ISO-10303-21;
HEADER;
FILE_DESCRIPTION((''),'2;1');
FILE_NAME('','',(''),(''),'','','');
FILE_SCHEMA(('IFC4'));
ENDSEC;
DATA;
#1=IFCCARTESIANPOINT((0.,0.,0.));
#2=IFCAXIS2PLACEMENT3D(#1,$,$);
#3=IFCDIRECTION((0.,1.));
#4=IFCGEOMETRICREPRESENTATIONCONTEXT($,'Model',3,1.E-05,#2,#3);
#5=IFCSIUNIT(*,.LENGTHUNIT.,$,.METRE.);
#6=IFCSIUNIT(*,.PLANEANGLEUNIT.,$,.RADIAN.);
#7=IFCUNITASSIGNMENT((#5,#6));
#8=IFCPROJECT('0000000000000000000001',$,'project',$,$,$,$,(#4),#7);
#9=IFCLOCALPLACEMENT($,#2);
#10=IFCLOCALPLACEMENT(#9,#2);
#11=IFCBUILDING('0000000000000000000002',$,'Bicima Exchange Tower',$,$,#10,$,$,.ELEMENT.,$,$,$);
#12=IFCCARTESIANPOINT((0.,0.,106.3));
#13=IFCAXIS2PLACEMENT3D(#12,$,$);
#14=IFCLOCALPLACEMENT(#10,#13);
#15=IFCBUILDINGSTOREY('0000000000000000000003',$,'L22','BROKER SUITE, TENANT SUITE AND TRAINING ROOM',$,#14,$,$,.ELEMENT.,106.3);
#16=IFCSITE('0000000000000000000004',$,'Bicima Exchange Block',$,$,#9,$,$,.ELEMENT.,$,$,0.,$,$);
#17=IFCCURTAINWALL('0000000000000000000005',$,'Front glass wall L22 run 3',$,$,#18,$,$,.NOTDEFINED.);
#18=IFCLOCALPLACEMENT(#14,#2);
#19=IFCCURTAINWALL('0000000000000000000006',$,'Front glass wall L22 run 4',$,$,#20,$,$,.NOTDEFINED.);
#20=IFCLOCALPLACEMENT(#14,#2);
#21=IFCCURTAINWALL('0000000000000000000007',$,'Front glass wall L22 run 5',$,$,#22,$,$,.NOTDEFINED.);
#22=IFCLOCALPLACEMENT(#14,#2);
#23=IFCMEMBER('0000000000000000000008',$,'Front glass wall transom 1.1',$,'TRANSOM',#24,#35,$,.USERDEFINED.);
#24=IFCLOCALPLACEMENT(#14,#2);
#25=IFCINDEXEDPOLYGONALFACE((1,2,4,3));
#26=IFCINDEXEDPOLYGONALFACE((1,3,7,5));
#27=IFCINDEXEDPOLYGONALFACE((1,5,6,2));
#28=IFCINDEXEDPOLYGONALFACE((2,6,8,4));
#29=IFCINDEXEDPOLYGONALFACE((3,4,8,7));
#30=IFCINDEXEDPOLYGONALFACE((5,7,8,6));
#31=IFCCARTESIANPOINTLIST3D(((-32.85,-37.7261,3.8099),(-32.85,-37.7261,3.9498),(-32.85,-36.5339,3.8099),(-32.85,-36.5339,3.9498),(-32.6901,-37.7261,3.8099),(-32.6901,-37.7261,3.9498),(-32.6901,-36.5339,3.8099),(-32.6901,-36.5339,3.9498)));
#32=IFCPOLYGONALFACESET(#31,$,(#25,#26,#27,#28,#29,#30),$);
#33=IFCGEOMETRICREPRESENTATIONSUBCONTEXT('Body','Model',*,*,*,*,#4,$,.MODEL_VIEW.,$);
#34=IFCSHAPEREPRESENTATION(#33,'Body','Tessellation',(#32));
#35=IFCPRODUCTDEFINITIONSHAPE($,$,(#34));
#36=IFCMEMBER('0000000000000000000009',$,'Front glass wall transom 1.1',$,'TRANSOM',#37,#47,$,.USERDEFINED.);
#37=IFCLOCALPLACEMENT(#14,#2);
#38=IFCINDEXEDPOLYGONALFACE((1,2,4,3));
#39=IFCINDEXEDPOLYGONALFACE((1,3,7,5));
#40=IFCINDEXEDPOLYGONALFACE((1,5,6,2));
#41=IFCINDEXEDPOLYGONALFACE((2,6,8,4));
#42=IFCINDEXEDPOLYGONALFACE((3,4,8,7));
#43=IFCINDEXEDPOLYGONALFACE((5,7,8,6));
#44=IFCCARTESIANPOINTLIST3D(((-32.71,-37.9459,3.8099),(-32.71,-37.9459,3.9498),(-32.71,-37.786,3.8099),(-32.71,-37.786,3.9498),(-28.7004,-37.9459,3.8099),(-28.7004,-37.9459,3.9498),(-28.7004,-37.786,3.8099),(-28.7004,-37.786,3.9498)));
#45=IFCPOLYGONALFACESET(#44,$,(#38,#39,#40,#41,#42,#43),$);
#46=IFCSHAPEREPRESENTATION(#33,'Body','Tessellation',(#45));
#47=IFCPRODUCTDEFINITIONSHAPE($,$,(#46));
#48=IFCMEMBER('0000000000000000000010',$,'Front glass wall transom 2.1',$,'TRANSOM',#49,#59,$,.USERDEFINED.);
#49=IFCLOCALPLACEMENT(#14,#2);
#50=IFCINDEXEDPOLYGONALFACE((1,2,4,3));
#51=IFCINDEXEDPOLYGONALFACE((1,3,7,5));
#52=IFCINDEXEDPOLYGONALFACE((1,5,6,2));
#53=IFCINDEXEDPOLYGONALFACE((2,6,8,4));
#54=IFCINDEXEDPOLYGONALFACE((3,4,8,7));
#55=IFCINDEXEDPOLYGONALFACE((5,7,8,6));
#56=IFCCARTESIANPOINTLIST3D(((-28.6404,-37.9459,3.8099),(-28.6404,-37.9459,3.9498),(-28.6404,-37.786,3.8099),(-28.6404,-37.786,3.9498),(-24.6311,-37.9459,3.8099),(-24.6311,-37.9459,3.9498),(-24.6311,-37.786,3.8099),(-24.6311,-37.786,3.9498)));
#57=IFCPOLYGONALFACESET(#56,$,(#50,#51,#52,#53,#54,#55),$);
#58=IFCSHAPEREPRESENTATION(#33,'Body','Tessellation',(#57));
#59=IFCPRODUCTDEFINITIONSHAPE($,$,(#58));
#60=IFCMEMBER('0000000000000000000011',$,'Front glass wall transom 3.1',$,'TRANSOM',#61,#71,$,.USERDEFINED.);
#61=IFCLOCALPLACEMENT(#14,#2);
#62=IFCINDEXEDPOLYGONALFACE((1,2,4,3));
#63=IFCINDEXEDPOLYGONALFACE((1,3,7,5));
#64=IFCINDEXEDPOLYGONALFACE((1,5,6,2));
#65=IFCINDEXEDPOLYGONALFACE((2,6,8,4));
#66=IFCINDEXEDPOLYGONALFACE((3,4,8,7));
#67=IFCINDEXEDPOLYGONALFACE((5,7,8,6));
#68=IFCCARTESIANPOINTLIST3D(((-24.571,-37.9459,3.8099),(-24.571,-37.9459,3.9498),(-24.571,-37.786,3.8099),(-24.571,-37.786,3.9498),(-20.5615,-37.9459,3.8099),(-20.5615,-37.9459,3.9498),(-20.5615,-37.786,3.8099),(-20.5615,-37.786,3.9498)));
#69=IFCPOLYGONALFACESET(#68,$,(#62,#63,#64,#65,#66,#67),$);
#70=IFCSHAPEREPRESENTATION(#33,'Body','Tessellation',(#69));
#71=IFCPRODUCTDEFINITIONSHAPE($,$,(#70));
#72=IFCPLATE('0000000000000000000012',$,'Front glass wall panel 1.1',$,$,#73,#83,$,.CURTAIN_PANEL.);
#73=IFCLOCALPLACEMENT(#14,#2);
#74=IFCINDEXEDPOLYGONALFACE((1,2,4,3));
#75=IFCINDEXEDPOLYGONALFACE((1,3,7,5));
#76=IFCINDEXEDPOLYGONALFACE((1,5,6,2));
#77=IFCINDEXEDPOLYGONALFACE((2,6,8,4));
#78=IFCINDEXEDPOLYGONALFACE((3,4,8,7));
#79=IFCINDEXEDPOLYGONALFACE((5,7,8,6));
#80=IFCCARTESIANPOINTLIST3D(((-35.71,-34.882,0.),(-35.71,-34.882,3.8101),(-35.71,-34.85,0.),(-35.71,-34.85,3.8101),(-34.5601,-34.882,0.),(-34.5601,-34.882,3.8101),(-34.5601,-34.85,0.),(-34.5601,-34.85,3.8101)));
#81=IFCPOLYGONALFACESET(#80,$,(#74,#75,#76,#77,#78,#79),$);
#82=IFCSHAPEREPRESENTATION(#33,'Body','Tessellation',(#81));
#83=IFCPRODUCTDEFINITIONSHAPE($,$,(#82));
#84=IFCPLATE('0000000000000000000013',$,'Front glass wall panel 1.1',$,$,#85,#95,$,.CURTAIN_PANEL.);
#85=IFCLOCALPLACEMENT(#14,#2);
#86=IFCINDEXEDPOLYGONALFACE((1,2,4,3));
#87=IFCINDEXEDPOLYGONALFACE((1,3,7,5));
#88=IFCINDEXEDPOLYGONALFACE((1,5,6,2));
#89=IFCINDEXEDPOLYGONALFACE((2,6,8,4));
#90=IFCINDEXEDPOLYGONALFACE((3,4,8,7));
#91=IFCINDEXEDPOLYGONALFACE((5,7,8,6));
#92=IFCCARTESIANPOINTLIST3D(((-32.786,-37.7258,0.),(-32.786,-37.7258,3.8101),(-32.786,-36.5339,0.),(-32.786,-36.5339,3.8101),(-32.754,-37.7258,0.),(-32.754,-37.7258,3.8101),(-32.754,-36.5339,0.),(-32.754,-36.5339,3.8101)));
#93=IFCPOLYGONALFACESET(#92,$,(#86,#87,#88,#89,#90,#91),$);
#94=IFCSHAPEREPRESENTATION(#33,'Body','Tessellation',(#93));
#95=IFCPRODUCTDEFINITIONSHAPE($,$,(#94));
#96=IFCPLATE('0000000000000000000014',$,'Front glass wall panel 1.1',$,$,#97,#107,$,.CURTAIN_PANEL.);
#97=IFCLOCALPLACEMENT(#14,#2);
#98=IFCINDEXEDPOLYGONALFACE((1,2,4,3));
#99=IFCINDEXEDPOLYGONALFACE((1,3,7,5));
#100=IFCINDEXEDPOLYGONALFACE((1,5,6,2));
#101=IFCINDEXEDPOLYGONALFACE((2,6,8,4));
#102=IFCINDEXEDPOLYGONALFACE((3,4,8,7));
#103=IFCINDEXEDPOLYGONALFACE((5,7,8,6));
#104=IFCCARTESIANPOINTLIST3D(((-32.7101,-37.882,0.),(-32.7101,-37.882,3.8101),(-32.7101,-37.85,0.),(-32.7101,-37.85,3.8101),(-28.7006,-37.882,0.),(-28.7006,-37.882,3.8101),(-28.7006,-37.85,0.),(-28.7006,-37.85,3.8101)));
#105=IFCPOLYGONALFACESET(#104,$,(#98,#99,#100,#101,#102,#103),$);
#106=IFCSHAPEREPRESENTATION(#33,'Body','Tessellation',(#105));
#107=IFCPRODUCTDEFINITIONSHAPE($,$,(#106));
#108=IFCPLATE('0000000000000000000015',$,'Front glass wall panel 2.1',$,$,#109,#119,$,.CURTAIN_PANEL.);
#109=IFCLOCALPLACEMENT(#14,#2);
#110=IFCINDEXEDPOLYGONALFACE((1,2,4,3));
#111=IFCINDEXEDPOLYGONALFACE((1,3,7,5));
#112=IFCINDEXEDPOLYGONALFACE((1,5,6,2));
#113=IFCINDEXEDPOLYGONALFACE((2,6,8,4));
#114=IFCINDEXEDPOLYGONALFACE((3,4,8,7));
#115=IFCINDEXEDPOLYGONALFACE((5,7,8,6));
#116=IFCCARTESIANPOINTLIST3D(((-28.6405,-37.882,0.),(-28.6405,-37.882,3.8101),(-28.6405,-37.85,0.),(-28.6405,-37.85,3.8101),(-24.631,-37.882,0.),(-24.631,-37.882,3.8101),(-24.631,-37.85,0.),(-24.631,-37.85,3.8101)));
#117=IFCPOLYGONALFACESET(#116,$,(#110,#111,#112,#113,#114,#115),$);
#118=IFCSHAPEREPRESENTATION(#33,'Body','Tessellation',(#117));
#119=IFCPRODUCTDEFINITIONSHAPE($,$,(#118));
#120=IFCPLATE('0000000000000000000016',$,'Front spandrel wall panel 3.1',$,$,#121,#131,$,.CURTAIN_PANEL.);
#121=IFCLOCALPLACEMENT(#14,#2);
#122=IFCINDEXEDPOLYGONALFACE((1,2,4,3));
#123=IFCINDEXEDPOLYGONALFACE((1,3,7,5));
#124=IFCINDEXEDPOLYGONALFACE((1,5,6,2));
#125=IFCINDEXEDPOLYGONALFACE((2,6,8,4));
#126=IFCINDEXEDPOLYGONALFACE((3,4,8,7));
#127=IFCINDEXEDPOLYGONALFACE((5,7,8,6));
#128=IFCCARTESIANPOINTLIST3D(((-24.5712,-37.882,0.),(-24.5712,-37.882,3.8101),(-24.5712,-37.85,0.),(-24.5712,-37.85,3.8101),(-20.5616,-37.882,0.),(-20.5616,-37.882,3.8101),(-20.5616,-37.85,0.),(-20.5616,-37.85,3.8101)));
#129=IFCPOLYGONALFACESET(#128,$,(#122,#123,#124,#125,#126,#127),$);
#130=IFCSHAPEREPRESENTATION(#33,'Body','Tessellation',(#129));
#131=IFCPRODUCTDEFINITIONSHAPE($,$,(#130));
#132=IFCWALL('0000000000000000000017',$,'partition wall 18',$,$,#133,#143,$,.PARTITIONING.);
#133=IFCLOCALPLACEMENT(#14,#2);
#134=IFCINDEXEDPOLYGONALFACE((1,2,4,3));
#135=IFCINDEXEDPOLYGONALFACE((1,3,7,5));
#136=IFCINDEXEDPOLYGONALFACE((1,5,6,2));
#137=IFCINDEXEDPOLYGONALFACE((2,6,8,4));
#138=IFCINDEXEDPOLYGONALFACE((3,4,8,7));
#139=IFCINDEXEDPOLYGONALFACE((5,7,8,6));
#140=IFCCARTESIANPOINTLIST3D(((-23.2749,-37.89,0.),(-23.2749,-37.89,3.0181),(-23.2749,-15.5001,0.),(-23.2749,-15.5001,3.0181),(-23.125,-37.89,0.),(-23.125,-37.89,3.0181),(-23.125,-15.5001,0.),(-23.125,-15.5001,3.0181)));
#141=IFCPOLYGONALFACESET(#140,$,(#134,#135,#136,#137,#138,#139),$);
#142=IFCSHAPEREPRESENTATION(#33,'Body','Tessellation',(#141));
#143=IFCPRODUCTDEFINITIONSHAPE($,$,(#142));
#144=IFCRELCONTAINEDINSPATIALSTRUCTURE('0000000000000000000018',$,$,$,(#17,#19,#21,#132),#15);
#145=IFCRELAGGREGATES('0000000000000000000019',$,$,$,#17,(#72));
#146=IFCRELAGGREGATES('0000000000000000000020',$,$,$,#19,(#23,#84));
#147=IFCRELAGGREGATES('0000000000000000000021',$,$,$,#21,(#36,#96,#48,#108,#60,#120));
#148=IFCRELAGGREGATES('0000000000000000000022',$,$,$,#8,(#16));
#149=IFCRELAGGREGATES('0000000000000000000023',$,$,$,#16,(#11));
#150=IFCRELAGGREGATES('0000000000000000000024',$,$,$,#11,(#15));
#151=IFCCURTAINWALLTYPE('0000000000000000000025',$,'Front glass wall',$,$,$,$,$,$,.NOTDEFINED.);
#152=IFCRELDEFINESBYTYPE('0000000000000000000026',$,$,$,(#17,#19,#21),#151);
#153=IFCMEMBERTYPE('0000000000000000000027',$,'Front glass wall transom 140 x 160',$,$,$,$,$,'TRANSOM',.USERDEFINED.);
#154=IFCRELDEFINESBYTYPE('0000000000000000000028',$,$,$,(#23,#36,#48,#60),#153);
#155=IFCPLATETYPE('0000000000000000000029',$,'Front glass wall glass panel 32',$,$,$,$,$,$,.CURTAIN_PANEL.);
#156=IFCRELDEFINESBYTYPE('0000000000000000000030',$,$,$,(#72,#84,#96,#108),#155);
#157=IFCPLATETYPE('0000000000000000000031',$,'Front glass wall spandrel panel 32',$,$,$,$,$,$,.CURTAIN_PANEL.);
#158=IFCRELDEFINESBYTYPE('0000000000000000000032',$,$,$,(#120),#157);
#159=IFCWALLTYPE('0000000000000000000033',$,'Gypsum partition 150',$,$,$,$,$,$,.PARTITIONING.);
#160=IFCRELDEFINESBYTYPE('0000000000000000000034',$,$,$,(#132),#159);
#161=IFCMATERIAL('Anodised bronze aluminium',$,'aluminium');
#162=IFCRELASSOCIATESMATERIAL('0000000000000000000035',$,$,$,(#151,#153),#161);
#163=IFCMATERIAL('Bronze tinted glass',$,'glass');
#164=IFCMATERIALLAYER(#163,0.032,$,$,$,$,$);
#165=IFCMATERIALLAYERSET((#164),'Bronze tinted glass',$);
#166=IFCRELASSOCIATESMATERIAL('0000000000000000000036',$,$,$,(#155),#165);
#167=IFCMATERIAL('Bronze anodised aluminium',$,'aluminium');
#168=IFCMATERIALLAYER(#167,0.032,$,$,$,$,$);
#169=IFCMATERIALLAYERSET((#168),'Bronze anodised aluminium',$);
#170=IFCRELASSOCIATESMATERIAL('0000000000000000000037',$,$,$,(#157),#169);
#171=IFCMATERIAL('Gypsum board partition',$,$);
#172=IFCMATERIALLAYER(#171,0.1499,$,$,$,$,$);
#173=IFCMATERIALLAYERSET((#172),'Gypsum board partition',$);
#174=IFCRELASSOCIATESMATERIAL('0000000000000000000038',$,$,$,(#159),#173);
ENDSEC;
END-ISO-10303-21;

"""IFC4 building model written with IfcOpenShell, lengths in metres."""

from ifc_helpers import new_model, si_unit, direction, frame, frame_2d, origin, origin_2d, place, context, subcontext, project, spatial, rectangle, extrude, material, layer, layer_set, material_profile, profile_set, type_object, element, aggregate, save


model = new_model("IFC4")

# Units and contexts
model_context = context("Model", 3, precision=1e-05, world=origin(), true_north=direction((0.0, 1.0)))
body_context = subcontext(model_context, "Body", "Model", "MODEL_VIEW")
ifc_project = project(units=[si_unit("LENGTHUNIT", "METRE"), si_unit("PLANEANGLEUNIT", "RADIAN")], contexts=[model_context])

# Site, building, storey
site_placement = place(None, origin())
site = spatial("IfcSite", under=ifc_project, at=site_placement, Name="Bicima Exchange Block", CompositionType="ELEMENT", RefElevation=0.0)
building_placement = place(site_placement, origin())
building = spatial("IfcBuilding", under=site, at=building_placement, Name="Bicima Exchange Tower", CompositionType="ELEMENT")
storey_placement = place(building_placement, frame((0.0, 0.0, 106.3)))
storey = spatial("IfcBuildingStorey", under=building, at=storey_placement, Name="L22", Description="BROKER SUITE, TENANT SUITE AND TRAINING ROOM", CompositionType="ELEMENT", Elevation=106.3)

# Curtain wall
ifc_material_1 = material(Name="Anodised bronze aluminium", Category="aluminium")
curtain_wall_type = type_object("IfcCurtainWallType", Name="Front glass wall", PredefinedType="NOTDEFINED", material=ifc_material_1)
curtain_wall_1_placement = place(storey_placement, origin())
curtain_wall_1 = element("IfcCurtainWall", 1, at=curtain_wall_1_placement, inside=storey, type_object=curtain_wall_type, Name="Front glass wall L22 run 3", PredefinedType="NOTDEFINED")

# Curtain walls
curtain_wall_2_placement = place(storey_placement, origin())
curtain_wall_2 = element("IfcCurtainWall", 2, at=curtain_wall_2_placement, inside=storey, type_object=curtain_wall_type, Name="Front glass wall L22 run 4", PredefinedType="NOTDEFINED")
curtain_wall_3_placement = place(storey_placement, origin())
curtain_wall_3 = element("IfcCurtainWall", 3, at=curtain_wall_3_placement, inside=storey, type_object=curtain_wall_type, Name="Front glass wall L22 run 5", PredefinedType="NOTDEFINED")

# Members
ifc_material_profile_1 = material_profile(ifc_material_1, rectangle(XDim=0.1599, YDim=0.1399, at=origin_2d()))
ifc_profile_set_1 = profile_set([ifc_material_profile_1], Name="Anodised bronze aluminium")
member_type_1 = type_object("IfcMemberType", Name="Front glass wall transom 140 x 160", ElementType="TRANSOM", PredefinedType="USERDEFINED", material=ifc_profile_set_1)
member_1_placement = place(storey_placement, frame((-32.77, -36.5339, 3.8799), z_axis=(0.0, -1.0, 0.0), x_axis=(1.0, 0.0, 0.0)))
member_1 = element("IfcMember", 4, at=member_1_placement, type_object=member_type_1, Name="Front glass wall transom 1.1", ObjectType="TRANSOM", PredefinedType="USERDEFINED", context=body_context, shape_type="SweptSolid", body=[
    extrude(rectangle(XDim=0.1599, YDim=0.1399, at=origin_2d()), origin(), (0.0, 0.0, 1.0), 1.1921),
])
member_2_placement = place(storey_placement, frame((-32.71, -37.866, 3.8799), z_axis=(1.0, 0.0, 0.0), x_axis=(0.0, 1.0, 0.0)))
member_2 = element("IfcMember", 5, at=member_2_placement, type_object=member_type_1, Name="Front glass wall transom 1.1", ObjectType="TRANSOM", PredefinedType="USERDEFINED", context=body_context, shape_type="SweptSolid", body=[
    extrude(rectangle(XDim=0.1599, YDim=0.1399, at=origin_2d()), origin(), (0.0, 0.0, 1.0), 4.0095),
])
member_3_placement = place(storey_placement, frame((-28.6404, -37.866, 3.8799), z_axis=(1.0, 0.0, 0.0), x_axis=(0.0, 1.0, 0.0)))
member_3 = element("IfcMember", 6, at=member_3_placement, type_object=member_type_1, Name="Front glass wall transom 2.1", ObjectType="TRANSOM", PredefinedType="USERDEFINED", context=body_context, shape_type="SweptSolid", body=[
    extrude(rectangle(XDim=0.1599, YDim=0.1399, at=origin_2d()), origin(), (0.0, 0.0, 1.0), 4.0093),
])
member_4_placement = place(storey_placement, frame((-24.571, -37.866, 3.8799), z_axis=(1.0, 0.0, 0.0), x_axis=(0.0, 1.0, 0.0)))
member_4 = element("IfcMember", 7, at=member_4_placement, type_object=member_type_1, Name="Front glass wall transom 3.1", ObjectType="TRANSOM", PredefinedType="USERDEFINED", context=body_context, shape_type="SweptSolid", body=[
    extrude(rectangle(XDim=0.1599, YDim=0.1399, at=origin_2d()), origin(), (0.0, 0.0, 1.0), 4.0095),
])

# Plates
ifc_material_2 = material(Name="Bronze tinted glass", Category="glass")
ifc_layer_1 = layer(ifc_material_2, 0.032)
ifc_layer_set_1 = layer_set([ifc_layer_1], Name="Bronze tinted glass")
plate_type_1 = type_object("IfcPlateType", Name="Front glass wall glass panel 32", PredefinedType="CURTAIN_PANEL", material=ifc_layer_set_1)
plate_1_placement = place(storey_placement, frame((-35.135, -34.866, 0.0), z_axis=(0.0, 0.0, 1.0), x_axis=(1.0, 0.0, 0.0)))
plate_1 = element("IfcPlate", 8, at=plate_1_placement, type_object=plate_type_1, Name="Front glass wall panel 1.1", PredefinedType="CURTAIN_PANEL", context=body_context, shape_type="SweptSolid", body=[
    extrude(rectangle(XDim=1.1499, YDim=0.032, at=origin_2d()), origin(), (0.0, 0.0, 1.0), 3.8101),
])
aggregate(curtain_wall_1, [plate_1])
plate_2_placement = place(storey_placement, frame((-32.77, -37.1299, 0.0), z_axis=(0.0, 0.0, 1.0), x_axis=(0.0, -1.0, 0.0)))
plate_2 = element("IfcPlate", 9, at=plate_2_placement, type_object=plate_type_1, Name="Front glass wall panel 1.1", PredefinedType="CURTAIN_PANEL", context=body_context, shape_type="SweptSolid", body=[
    extrude(rectangle(XDim=1.1919, YDim=0.032, at=origin_2d()), origin(), (0.0, 0.0, 1.0), 3.8101),
])
aggregate(curtain_wall_2, [member_1, plate_2])
plate_3_placement = place(storey_placement, frame((-30.7053, -37.866, 0.0), z_axis=(0.0, 0.0, 1.0), x_axis=(1.0, 0.0, 0.0)))
plate_3 = element("IfcPlate", 10, at=plate_3_placement, type_object=plate_type_1, Name="Front glass wall panel 1.1", PredefinedType="CURTAIN_PANEL", context=body_context, shape_type="SweptSolid", body=[
    extrude(rectangle(XDim=4.0095, YDim=0.032, at=origin_2d()), origin(), (0.0, 0.0, 1.0), 3.8101),
])
plate_4_placement = place(storey_placement, frame((-26.6357, -37.866, 0.0), z_axis=(0.0, 0.0, 1.0), x_axis=(1.0, 0.0, 0.0)))
plate_4 = element("IfcPlate", 11, at=plate_4_placement, type_object=plate_type_1, Name="Front glass wall panel 2.1", PredefinedType="CURTAIN_PANEL", context=body_context, shape_type="SweptSolid", body=[
    extrude(rectangle(XDim=4.0095, YDim=0.032, at=origin_2d()), origin(), (0.0, 0.0, 1.0), 3.8101),
])
ifc_material_3 = material(Name="Bronze anodised aluminium", Category="aluminium")
ifc_layer_2 = layer(ifc_material_3, 0.032)
ifc_layer_set_2 = layer_set([ifc_layer_2], Name="Bronze anodised aluminium")
plate_type_2 = type_object("IfcPlateType", Name="Front glass wall spandrel panel 32", PredefinedType="CURTAIN_PANEL", material=ifc_layer_set_2)
plate_5_placement = place(storey_placement, frame((-22.5664, -37.866, 0.0), z_axis=(0.0, 0.0, 1.0), x_axis=(1.0, 0.0, 0.0)))
plate_5 = element("IfcPlate", 12, at=plate_5_placement, type_object=plate_type_2, Name="Front spandrel wall panel 3.1", PredefinedType="CURTAIN_PANEL", context=body_context, shape_type="SweptSolid", body=[
    extrude(rectangle(XDim=4.0095, YDim=0.032, at=origin_2d()), origin(), (0.0, 0.0, 1.0), 3.8101),
])
aggregate(curtain_wall_3, [member_2, plate_3, member_3, plate_4, member_4, plate_5])

# Wall
ifc_material_4 = material(Name="Gypsum board partition")
ifc_layer_3 = layer(ifc_material_4, 0.1499)
ifc_layer_set_3 = layer_set([ifc_layer_3], Name="Gypsum board partition")
wall_type = type_object("IfcWallType", Name="Gypsum partition 150", PredefinedType="PARTITIONING", material=ifc_layer_set_3)
wall_placement = place(storey_placement, frame((-23.2, -37.8899, 0.0), z_axis=(0.0, 0.0, 1.0), x_axis=(0.0, 1.0, 0.0)))
element("IfcWall", 13, at=wall_placement, inside=storey, type_object=wall_type, Name="partition wall 18", PredefinedType="PARTITIONING", context=body_context, shape_type="SweptSolid", body=[
    extrude(rectangle(XDim=22.3899, YDim=0.1499, at=frame_2d((11.1948, 0.0))), origin(), (0.0, 0.0, 1.0), 3.0181),
])

save(model, "model.ifc")
